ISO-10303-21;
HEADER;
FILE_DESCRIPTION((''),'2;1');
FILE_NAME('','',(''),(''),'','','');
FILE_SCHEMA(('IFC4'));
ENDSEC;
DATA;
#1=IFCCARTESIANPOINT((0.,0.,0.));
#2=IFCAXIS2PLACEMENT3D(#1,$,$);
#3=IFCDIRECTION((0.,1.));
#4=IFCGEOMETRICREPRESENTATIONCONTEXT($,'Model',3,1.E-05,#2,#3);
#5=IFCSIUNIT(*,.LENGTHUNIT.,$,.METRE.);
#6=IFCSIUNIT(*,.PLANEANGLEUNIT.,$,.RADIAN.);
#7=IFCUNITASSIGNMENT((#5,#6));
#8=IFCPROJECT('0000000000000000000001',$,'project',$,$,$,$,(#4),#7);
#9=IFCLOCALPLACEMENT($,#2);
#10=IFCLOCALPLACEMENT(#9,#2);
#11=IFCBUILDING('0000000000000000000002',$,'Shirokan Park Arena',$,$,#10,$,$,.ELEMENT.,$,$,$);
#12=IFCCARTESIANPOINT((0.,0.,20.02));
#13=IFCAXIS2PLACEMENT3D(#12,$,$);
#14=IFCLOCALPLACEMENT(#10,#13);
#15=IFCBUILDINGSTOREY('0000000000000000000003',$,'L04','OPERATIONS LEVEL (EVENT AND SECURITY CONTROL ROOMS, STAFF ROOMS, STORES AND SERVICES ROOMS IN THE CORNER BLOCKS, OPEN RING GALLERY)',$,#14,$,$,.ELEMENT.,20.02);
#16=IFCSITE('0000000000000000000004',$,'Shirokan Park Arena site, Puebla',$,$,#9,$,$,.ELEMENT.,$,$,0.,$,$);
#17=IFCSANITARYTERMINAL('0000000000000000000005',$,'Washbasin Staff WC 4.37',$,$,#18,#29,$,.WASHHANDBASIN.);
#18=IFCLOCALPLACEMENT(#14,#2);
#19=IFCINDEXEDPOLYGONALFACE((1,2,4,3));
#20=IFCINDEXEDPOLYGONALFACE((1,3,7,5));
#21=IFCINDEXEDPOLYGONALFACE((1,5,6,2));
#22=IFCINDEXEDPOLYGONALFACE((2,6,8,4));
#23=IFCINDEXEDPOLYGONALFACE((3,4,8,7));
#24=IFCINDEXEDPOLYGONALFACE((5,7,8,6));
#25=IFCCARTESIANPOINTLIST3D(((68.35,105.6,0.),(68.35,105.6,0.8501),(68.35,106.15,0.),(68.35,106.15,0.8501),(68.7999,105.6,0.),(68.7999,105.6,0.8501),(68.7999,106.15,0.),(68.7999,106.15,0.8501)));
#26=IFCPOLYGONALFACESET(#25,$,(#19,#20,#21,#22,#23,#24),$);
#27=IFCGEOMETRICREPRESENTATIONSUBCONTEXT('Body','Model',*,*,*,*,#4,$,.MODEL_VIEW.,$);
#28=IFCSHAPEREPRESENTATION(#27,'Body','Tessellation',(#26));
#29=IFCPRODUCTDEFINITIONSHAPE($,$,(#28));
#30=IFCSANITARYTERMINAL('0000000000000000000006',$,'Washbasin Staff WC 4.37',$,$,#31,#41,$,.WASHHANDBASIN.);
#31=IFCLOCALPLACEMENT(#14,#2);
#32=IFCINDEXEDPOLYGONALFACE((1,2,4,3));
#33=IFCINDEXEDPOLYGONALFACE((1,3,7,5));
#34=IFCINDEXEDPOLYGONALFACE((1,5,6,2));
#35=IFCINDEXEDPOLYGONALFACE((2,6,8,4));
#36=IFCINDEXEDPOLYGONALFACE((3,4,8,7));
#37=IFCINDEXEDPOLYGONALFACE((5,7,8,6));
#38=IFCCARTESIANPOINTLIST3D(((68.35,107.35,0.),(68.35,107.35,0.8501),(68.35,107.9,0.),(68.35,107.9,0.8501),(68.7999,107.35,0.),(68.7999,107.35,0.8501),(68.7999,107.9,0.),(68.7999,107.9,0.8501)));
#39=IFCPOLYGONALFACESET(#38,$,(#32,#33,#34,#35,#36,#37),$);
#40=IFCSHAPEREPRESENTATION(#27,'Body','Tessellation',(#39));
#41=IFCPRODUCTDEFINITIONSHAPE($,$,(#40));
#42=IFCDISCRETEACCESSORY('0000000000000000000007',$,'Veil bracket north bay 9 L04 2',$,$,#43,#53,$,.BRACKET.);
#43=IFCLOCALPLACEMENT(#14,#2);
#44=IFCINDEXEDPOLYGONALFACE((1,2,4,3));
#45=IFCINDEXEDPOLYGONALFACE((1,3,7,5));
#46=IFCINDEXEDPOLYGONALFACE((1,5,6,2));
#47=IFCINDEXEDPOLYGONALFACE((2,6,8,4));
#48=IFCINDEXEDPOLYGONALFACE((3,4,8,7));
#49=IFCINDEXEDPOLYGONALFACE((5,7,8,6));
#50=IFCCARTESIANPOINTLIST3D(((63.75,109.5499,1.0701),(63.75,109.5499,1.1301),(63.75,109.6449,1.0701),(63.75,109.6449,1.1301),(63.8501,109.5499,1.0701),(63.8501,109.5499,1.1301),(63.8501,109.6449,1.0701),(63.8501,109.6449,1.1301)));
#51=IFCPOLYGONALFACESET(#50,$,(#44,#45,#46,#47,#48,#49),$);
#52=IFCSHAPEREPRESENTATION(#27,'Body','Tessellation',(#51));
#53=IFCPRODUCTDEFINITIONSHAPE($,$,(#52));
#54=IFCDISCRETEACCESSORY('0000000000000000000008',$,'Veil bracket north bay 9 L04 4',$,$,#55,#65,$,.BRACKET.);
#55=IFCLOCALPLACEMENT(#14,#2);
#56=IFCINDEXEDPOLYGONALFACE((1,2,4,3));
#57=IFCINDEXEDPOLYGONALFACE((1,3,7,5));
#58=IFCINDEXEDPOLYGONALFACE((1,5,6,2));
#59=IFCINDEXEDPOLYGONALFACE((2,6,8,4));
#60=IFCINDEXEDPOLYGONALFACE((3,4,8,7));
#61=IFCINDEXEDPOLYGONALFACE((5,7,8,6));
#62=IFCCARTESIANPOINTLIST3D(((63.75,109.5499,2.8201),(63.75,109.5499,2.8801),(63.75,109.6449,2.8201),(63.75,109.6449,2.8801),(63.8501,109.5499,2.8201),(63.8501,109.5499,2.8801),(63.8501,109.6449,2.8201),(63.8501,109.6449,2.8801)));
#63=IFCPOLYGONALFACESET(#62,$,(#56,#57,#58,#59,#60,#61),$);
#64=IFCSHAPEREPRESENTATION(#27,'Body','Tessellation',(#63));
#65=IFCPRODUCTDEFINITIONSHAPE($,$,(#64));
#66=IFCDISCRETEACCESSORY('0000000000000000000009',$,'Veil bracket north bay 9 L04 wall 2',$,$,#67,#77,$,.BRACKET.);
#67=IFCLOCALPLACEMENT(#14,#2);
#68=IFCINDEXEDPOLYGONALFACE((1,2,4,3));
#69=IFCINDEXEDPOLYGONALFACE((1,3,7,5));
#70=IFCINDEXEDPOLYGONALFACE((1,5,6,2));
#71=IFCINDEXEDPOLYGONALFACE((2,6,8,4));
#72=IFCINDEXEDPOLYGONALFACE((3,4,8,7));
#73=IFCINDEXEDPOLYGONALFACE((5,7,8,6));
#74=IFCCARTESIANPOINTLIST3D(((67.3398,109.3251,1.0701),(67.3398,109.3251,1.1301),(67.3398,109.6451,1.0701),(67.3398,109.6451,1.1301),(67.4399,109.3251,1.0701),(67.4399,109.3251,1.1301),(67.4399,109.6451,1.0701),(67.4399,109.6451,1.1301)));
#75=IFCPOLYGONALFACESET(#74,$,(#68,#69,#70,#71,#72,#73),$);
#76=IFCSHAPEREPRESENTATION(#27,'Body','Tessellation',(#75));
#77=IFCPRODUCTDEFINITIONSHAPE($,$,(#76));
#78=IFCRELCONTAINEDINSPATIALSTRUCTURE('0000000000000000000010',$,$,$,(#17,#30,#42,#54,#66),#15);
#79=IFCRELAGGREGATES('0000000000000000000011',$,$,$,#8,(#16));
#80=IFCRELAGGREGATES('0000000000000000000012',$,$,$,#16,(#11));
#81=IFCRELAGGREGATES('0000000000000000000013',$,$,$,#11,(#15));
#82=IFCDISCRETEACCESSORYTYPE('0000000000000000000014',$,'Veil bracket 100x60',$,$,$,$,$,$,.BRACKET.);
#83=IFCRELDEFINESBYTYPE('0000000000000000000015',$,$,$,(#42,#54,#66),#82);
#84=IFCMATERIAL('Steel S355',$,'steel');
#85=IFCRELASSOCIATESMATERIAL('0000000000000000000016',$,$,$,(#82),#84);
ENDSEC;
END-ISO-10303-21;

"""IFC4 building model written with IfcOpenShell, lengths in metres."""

from ifc_helpers import new_model, si_unit, direction, frame, origin, origin_2d, place, context, subcontext, project, spatial, rectangle, extrude, material, type_object, element, save


model = new_model("IFC4")

# Units and contexts
model_context = context("Model", 3, precision=1e-05, world=origin(), true_north=direction((0.0, 1.0)))
body_context = subcontext(model_context, "Body", "Model", "MODEL_VIEW")
ifc_project = project(units=[si_unit("LENGTHUNIT", "METRE"), si_unit("PLANEANGLEUNIT", "RADIAN")], contexts=[model_context])

# Site, building, storey
site_placement = place(None, origin())
site = spatial("IfcSite", under=ifc_project, at=site_placement, Name="Shirokan Park Arena site, Puebla", CompositionType="ELEMENT", RefElevation=0.0)
building_placement = place(site_placement, origin())
building = spatial("IfcBuilding", under=site, at=building_placement, Name="Shirokan Park Arena", CompositionType="ELEMENT")
storey_placement = place(building_placement, frame((0.0, 0.0, 20.02)))
storey = spatial("IfcBuildingStorey", under=building, at=storey_placement, Name="L04", Description="OPERATIONS LEVEL (EVENT AND SECURITY CONTROL ROOMS, STAFF ROOMS, STORES AND SERVICES ROOMS IN THE CORNER BLOCKS, OPEN RING GALLERY)", CompositionType="ELEMENT", Elevation=20.02)

# Shared definitions
ifc_material_1 = material(Name="Steel S355", Category="steel")

# Sanitary terminals
for number, where, z_axis, x_axis, name in (
    (1, (68.575, 105.875, 0.0), (0.0, 0.0, 1.0), (1.0, 0.0, 0.0), "Washbasin Staff WC 4.37"),
    (2, (68.575, 107.625, 0.0), (0.0, 0.0, 1.0), (1.0, 0.0, 0.0), "Washbasin Staff WC 4.37"),
):
    element("IfcSanitaryTerminal", number, at=place(storey_placement, frame(where, z_axis=z_axis, x_axis=x_axis)), inside=storey, Name=name, PredefinedType="WASHHANDBASIN", context=body_context, shape_type="SweptSolid", body=[
        extrude(rectangle(XDim=0.45, YDim=0.55, at=origin_2d()), origin(), (0.0, 0.0, 1.0), 0.8501),
    ])

# Discrete accessories
discrete_accessory_type = type_object("IfcDiscreteAccessoryType", Name="Veil bracket 100x60", PredefinedType="BRACKET", material=ifc_material_1)
for number, where, z_axis, x_axis, name in (
    (3, (63.8, 109.5974, 1.0701), (0.0, 0.0, 1.0), (-1.0, 0.0, 0.0), "Veil bracket north bay 9 L04 2"),
    (4, (63.8, 109.5974, 2.8201), (0.0, 0.0, 1.0), (-1.0, 0.0, 0.0), "Veil bracket north bay 9 L04 4"),
):
    element("IfcDiscreteAccessory", number, at=place(storey_placement, frame(where, z_axis=z_axis, x_axis=x_axis)), inside=storey, type_object=discrete_accessory_type, Name=name, PredefinedType="BRACKET", context=body_context, shape_type="SweptSolid", body=[
        extrude(rectangle(XDim=0.1001, YDim=0.095, at=origin_2d()), origin(), (0.0, 0.0, 1.0), 0.0601),
    ])
discrete_accessory_placement = place(storey_placement, frame((67.3899, 109.4851, 1.0701), z_axis=(0.0, 0.0, 1.0), x_axis=(-1.0, 0.0, 0.0)))
element("IfcDiscreteAccessory", 5, at=discrete_accessory_placement, inside=storey, type_object=discrete_accessory_type, Name="Veil bracket north bay 9 L04 wall 2", PredefinedType="BRACKET", context=body_context, shape_type="SweptSolid", body=[
    extrude(rectangle(XDim=0.1001, YDim=0.3201, at=origin_2d()), origin(), (0.0, 0.0, 1.0), 0.0601),
])

save(model, "model.ifc")
